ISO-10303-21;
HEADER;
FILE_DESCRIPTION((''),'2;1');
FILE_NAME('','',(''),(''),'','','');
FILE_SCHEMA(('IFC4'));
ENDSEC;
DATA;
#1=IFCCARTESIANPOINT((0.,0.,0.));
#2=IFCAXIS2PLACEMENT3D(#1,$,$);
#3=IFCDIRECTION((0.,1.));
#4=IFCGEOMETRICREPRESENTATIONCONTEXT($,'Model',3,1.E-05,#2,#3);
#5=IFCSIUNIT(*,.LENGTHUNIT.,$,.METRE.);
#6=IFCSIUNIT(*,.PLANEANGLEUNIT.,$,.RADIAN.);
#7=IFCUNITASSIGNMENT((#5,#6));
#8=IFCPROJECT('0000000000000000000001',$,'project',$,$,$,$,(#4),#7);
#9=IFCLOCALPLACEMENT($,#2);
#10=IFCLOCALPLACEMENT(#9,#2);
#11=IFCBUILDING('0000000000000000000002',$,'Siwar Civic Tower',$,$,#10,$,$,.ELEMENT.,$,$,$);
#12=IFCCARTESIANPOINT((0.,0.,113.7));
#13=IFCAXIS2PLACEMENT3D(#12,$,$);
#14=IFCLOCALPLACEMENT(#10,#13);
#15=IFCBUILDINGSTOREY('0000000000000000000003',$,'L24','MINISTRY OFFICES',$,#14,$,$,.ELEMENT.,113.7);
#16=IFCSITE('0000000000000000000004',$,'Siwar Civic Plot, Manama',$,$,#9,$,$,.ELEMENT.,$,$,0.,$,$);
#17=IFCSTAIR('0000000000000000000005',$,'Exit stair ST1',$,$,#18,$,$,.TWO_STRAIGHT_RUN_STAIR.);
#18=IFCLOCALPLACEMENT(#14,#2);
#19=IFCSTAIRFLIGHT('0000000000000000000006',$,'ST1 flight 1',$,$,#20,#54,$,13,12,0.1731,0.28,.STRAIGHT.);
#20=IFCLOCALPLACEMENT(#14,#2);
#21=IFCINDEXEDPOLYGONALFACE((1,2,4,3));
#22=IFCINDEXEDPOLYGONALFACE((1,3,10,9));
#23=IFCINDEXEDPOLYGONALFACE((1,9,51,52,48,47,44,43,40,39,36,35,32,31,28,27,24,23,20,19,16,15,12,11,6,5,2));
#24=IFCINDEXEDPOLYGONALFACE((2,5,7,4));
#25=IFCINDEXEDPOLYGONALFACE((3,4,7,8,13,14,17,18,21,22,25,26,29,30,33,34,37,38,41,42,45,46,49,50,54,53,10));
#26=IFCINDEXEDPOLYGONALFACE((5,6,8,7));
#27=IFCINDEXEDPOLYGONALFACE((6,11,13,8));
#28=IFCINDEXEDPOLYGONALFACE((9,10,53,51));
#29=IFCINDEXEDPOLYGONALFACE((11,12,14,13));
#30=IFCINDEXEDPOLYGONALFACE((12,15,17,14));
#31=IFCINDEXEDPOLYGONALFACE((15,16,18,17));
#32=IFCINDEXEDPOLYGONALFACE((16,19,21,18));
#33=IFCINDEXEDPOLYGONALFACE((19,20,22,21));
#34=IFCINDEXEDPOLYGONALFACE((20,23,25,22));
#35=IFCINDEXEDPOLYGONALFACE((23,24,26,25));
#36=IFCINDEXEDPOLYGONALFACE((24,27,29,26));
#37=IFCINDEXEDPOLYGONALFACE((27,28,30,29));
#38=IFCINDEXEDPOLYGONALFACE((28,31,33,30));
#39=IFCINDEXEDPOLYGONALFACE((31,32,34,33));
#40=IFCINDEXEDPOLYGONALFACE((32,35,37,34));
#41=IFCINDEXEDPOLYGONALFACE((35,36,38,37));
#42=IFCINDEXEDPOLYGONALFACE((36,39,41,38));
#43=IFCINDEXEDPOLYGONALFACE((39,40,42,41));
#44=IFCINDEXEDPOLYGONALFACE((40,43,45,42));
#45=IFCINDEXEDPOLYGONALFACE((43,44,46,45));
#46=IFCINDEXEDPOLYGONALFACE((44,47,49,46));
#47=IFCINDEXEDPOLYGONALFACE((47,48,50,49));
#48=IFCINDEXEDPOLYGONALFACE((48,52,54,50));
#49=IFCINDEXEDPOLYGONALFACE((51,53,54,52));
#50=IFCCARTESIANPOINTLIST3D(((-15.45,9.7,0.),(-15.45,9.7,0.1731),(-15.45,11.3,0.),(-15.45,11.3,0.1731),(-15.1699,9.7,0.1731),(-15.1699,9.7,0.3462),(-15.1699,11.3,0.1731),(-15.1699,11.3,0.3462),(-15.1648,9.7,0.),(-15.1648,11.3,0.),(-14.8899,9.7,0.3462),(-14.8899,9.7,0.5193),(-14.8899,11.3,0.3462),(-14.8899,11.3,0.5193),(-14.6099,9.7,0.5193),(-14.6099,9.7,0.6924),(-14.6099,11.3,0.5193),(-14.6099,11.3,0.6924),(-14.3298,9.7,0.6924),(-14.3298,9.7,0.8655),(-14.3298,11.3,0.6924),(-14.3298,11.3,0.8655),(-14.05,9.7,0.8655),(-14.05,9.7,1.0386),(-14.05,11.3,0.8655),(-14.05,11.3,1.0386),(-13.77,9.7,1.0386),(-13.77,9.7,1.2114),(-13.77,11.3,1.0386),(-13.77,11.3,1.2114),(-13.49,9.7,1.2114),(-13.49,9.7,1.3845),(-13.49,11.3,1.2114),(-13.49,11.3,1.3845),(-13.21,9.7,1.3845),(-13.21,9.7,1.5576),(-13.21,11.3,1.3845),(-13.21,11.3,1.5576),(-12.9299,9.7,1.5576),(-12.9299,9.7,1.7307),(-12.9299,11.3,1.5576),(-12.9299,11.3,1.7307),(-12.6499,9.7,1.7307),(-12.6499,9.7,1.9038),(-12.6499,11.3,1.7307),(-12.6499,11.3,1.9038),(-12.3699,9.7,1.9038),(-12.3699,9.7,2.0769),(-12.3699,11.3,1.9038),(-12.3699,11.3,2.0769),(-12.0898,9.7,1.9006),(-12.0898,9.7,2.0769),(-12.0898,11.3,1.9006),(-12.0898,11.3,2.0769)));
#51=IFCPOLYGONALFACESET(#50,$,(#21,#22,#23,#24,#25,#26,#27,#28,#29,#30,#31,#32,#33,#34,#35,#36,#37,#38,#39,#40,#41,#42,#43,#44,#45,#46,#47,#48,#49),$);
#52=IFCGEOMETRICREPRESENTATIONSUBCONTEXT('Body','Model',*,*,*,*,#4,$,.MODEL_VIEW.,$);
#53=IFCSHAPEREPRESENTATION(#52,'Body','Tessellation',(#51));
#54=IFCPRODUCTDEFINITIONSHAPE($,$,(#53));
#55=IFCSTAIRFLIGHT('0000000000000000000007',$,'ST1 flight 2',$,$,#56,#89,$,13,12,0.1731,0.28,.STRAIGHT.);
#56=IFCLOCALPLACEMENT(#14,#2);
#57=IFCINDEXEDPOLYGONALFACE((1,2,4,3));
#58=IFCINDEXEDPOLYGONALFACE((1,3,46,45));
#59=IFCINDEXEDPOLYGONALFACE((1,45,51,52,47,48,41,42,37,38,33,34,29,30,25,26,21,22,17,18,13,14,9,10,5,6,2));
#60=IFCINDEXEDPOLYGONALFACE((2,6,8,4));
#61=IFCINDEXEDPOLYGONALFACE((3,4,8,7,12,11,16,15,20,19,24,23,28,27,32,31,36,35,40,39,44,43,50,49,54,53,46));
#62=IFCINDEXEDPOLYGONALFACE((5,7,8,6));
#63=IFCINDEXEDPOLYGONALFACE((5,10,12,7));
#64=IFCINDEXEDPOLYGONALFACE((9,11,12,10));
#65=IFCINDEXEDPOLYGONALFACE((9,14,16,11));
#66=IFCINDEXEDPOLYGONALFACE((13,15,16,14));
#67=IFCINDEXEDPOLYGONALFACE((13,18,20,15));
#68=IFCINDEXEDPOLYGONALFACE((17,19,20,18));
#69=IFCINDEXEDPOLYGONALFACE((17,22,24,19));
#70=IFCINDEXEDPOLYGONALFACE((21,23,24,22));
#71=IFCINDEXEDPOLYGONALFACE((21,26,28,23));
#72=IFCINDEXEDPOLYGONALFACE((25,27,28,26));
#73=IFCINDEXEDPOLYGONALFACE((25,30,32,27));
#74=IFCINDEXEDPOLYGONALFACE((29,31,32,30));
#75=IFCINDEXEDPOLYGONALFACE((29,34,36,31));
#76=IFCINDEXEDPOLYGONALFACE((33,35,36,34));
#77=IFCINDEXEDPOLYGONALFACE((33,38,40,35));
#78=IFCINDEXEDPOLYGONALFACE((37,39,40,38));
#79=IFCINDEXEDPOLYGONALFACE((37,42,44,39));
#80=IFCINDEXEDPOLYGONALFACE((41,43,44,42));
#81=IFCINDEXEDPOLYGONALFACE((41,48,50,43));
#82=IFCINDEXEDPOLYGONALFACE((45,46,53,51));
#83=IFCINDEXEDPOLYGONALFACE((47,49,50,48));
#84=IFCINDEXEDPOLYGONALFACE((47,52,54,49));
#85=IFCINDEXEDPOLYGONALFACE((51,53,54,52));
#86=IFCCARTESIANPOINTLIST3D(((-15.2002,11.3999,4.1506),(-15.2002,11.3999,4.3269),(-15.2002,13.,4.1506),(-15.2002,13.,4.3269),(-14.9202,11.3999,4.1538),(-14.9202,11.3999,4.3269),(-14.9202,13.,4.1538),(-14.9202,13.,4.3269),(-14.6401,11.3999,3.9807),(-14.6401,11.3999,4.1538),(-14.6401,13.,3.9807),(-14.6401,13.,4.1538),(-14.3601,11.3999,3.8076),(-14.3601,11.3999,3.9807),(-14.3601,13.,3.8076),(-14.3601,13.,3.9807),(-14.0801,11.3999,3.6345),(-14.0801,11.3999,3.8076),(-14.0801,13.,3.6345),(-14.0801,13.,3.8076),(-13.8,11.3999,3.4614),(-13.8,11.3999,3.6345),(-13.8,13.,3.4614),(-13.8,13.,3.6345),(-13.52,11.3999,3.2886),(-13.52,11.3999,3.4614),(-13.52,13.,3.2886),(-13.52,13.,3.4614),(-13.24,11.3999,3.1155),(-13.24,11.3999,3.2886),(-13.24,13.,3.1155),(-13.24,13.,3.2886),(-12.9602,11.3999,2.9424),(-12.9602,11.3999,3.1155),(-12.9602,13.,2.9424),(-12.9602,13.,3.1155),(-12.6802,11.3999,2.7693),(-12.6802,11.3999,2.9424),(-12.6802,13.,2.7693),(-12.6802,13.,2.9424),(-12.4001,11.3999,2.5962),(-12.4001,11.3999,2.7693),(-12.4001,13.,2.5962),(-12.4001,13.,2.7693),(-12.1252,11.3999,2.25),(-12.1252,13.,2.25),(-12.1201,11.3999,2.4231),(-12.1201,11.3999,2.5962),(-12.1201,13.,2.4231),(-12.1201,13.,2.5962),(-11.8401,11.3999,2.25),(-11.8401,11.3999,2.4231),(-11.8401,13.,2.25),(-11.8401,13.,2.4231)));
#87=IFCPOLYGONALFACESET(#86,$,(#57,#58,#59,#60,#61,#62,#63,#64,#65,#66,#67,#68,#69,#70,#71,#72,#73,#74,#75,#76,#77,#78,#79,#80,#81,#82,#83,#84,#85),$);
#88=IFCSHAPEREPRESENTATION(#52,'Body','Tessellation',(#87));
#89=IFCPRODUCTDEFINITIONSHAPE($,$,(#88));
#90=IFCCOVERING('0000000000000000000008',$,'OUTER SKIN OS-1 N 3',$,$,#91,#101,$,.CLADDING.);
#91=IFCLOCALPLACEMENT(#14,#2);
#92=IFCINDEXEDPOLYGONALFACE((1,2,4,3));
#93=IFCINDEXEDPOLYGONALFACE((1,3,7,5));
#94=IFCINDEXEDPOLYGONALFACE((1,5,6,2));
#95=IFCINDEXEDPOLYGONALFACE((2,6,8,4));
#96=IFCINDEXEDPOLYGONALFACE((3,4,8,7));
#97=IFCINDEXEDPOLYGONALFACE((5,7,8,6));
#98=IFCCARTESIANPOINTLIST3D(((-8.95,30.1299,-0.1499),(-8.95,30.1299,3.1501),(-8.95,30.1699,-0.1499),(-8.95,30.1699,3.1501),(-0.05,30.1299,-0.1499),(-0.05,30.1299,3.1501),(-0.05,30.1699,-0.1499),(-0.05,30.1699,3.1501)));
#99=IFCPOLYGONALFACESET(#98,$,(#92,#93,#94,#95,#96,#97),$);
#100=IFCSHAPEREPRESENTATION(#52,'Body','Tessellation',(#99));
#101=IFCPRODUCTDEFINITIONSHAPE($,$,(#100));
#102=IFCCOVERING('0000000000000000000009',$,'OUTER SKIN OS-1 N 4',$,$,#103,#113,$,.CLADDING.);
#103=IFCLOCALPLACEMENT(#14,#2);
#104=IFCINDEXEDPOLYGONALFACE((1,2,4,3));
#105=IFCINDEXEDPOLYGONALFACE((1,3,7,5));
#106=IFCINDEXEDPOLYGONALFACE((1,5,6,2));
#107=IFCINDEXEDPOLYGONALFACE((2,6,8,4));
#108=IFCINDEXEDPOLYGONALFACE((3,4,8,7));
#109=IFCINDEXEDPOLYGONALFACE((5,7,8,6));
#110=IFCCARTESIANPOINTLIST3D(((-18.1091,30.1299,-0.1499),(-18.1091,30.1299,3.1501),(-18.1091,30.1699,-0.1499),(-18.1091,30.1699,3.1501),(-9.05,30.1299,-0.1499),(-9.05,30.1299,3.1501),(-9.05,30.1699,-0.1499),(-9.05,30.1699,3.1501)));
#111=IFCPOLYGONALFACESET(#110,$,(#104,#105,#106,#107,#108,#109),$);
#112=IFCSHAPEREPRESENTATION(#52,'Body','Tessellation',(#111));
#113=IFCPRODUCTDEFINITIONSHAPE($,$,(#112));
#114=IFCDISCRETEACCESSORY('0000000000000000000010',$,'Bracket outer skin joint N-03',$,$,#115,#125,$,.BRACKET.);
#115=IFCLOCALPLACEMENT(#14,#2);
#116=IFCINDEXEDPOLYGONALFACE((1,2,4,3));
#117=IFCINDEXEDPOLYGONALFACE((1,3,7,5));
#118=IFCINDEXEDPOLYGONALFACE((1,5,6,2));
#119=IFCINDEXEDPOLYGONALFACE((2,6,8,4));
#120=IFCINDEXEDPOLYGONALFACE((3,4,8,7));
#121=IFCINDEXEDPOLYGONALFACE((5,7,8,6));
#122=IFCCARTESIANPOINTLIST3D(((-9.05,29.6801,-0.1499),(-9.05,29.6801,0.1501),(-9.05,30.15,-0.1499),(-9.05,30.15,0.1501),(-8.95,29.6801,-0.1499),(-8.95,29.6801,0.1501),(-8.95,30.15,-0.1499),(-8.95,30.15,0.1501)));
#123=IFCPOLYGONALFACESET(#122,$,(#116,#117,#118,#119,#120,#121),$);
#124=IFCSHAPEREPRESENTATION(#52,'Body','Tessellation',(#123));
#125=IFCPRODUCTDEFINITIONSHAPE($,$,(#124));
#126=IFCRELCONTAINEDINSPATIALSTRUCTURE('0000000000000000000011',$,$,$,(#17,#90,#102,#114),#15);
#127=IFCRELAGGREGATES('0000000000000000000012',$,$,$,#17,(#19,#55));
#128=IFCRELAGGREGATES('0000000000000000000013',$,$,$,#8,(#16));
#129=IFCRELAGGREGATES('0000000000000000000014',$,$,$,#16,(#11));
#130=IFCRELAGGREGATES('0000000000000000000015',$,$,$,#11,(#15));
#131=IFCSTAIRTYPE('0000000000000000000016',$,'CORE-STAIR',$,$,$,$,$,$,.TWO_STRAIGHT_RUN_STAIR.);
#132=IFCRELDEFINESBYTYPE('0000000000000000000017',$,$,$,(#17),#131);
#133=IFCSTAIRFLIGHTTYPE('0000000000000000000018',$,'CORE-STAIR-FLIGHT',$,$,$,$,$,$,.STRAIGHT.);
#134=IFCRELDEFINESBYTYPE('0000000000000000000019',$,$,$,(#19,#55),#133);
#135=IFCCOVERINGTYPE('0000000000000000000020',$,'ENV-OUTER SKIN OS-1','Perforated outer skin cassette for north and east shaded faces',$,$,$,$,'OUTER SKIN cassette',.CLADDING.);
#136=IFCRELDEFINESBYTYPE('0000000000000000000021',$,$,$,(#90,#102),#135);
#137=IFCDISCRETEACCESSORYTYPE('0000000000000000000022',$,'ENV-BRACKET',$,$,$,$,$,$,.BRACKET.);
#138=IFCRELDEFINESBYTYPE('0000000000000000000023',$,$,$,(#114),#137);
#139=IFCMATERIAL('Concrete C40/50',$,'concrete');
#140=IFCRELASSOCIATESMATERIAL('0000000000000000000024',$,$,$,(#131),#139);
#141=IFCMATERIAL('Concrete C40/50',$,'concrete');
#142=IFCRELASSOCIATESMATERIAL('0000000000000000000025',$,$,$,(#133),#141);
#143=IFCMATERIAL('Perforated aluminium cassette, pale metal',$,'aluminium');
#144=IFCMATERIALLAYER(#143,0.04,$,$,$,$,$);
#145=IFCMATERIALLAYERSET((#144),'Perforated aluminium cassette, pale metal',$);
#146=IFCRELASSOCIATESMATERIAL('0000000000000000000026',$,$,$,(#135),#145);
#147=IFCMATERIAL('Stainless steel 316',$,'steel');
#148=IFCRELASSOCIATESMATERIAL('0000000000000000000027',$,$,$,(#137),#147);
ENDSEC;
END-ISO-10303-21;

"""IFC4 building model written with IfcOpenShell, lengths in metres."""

from ifc_helpers import new_model, si_unit, direction, frame, origin, origin_2d, place, context, subcontext, project, spatial, polyline, rectangle, outline, extrude, material, layer, layer_set, type_object, element, aggregate, save


model = new_model("IFC4")

# Units and contexts
model_context = context("Model", 3, precision=1e-05, world=origin(), true_north=direction((0.0, 1.0)))
body_context = subcontext(model_context, "Body", "Model", "MODEL_VIEW")
ifc_project = project(units=[si_unit("LENGTHUNIT", "METRE"), si_unit("PLANEANGLEUNIT", "RADIAN")], contexts=[model_context])

# Site, building, storey
site_placement = place(None, origin())
site = spatial("IfcSite", under=ifc_project, at=site_placement, Name="Siwar Civic Plot, Manama", CompositionType="ELEMENT", RefElevation=0.0)
building_placement = place(site_placement, origin())
building = spatial("IfcBuilding", under=site, at=building_placement, Name="Siwar Civic Tower", CompositionType="ELEMENT")
storey_placement = place(building_placement, frame((0.0, 0.0, 113.7)))
storey = spatial("IfcBuildingStorey", under=building, at=storey_placement, Name="L24", Description="MINISTRY OFFICES", CompositionType="ELEMENT", Elevation=113.7)

# Stair, stair flights
ifc_material_1 = material(Name="Concrete C40/50", Category="concrete")
stair_type = type_object("IfcStairType", Name="CORE-STAIR", PredefinedType="TWO_STRAIGHT_RUN_STAIR", material=ifc_material_1)
stair_placement = place(storey_placement, origin())
stair = element("IfcStair", 1, at=stair_placement, inside=storey, type_object=stair_type, Name="Exit stair ST1", PredefinedType="TWO_STRAIGHT_RUN_STAIR")
ifc_material_2 = material(Name="Concrete C40/50", Category="concrete")
stair_flight_type = type_object("IfcStairFlightType", Name="CORE-STAIR-FLIGHT", PredefinedType="STRAIGHT", material=ifc_material_2)
stair_flight_1_placement = place(storey_placement, frame((-15.45, 10.5, 0.0), z_axis=(0.0, 0.0, 1.0), x_axis=(1.0, 0.0, 0.0)))
stair_flight_1 = element("IfcStairFlight", 2, at=stair_flight_1_placement, type_object=stair_flight_type, Name="ST1 flight 1", NumberOfRisers=13, NumberOfTreads=12, PredefinedType="STRAIGHT", RiserHeight=0.1731, TreadLength=0.28, context=body_context, shape_type="SweptSolid", body=[
    extrude(outline(polyline([(0.0, 0.0), (0.0, 0.1731), (0.28, 0.1731), (0.28, 0.3462), (0.5601, 0.3462), (0.5601, 0.5193), (0.8401, 0.5193), (0.8401, 0.6924), (1.1201, 0.6924), (1.1201, 0.8655), (1.3999, 0.8655), (1.3999, 1.0386), (1.6799, 1.0386), (1.6799, 1.2114), (1.96, 1.2114), (1.96, 1.3845), (2.24, 1.3845), (2.24, 1.5576), (2.52, 1.5576), (2.52, 1.7307), (2.8, 1.7307), (2.8, 1.9038), (3.0801, 1.9038), (3.0801, 2.0769), (3.3601, 2.0769), (3.3601, 2.25), (3.3601, 1.9006), (0.2852, 0.0), (0.0, 0.0)])), frame((0.0, 0.8, 0.0), z_axis=(0.0, -1.0, 0.0), x_axis=(1.0, 0.0, 0.0)), (0.0, 0.0, 1.0), 1.6001),
])
stair_flight_2_placement = place(storey_placement, frame((-11.8401, 12.2, 2.25), z_axis=(0.0, 0.0, 1.0), x_axis=(-1.0, 0.0, 0.0)))
stair_flight_2 = element("IfcStairFlight", 3, at=stair_flight_2_placement, type_object=stair_flight_type, Name="ST1 flight 2", NumberOfRisers=13, NumberOfTreads=12, PredefinedType="STRAIGHT", RiserHeight=0.1731, TreadLength=0.28, context=body_context, shape_type="SweptSolid", body=[
    extrude(outline(polyline([(0.0, 0.0), (0.0, 0.1731), (0.28, 0.1731), (0.28, 0.3462), (0.5601, 0.3462), (0.5601, 0.5193), (0.8401, 0.5193), (0.8401, 0.6924), (1.1201, 0.6924), (1.1201, 0.8655), (1.3999, 0.8655), (1.3999, 1.0386), (1.6799, 1.0386), (1.6799, 1.2114), (1.96, 1.2114), (1.96, 1.3845), (2.24, 1.3845), (2.24, 1.5576), (2.52, 1.5576), (2.52, 1.7307), (2.8, 1.7307), (2.8, 1.9038), (3.0801, 1.9038), (3.0801, 2.0769), (3.3601, 2.0769), (3.3601, 2.25), (3.3601, 1.9006), (0.2852, 0.0), (0.0, 0.0)])), frame((0.0, 0.8, 0.0), z_axis=(0.0, -1.0, 0.0), x_axis=(1.0, 0.0, 0.0)), (0.0, 0.0, 1.0), 1.6001),
])
aggregate(stair, [stair_flight_1, stair_flight_2])

# Coverings
ifc_material_3 = material(Name="Perforated aluminium cassette, pale metal", Category="aluminium")
ifc_layer_1 = layer(ifc_material_3, 0.04)
ifc_layer_set_1 = layer_set([ifc_layer_1], Name="Perforated aluminium cassette, pale metal")
covering_type = type_object("IfcCoveringType", Name="ENV-OUTER SKIN OS-1", Description="Perforated outer skin cassette for north and east shaded faces", ElementType="OUTER SKIN cassette", PredefinedType="CLADDING", material=ifc_layer_set_1)
covering_1_placement = place(storey_placement, frame((-4.5, 30.1499, -0.1499), z_axis=(0.0, 0.0, 1.0), x_axis=(-1.0, 0.0, 0.0)))
element("IfcCovering", 4, at=covering_1_placement, inside=storey, type_object=covering_type, Name="OUTER SKIN OS-1 N 3", PredefinedType="CLADDING", context=body_context, shape_type="SweptSolid", body=[
    extrude(rectangle(XDim=8.8999, YDim=0.04, at=origin_2d()), origin(), (0.0, 0.0, 1.0), 3.3),
])
covering_2_placement = place(storey_placement, frame((-13.5796, 30.1499, -0.1499), z_axis=(0.0, 0.0, 1.0), x_axis=(-1.0, 0.0, 0.0)))
element("IfcCovering", 5, at=covering_2_placement, inside=storey, type_object=covering_type, Name="OUTER SKIN OS-1 N 4", PredefinedType="CLADDING", context=body_context, shape_type="SweptSolid", body=[
    extrude(rectangle(XDim=9.0591, YDim=0.04, at=origin_2d()), origin(), (0.0, 0.0, 1.0), 3.3),
])

# Discrete accessory
ifc_material_4 = material(Name="Stainless steel 316", Category="steel")
discrete_accessory_type = type_object("IfcDiscreteAccessoryType", Name="ENV-BRACKET", PredefinedType="BRACKET", material=ifc_material_4)
discrete_accessory_placement = place(storey_placement, frame((-9.0, 29.915, -0.1499), z_axis=(0.0, 0.0, 1.0), x_axis=(0.0, 1.0, 0.0)))
element("IfcDiscreteAccessory", 6, at=discrete_accessory_placement, inside=storey, type_object=discrete_accessory_type, Name="Bracket outer skin joint N-03", PredefinedType="BRACKET", context=body_context, shape_type="SweptSolid", body=[
    extrude(rectangle(XDim=0.47, YDim=0.1001, at=origin_2d()), origin(), (0.0, 0.0, 1.0), 0.3),
])

save(model, "model.ifc")
